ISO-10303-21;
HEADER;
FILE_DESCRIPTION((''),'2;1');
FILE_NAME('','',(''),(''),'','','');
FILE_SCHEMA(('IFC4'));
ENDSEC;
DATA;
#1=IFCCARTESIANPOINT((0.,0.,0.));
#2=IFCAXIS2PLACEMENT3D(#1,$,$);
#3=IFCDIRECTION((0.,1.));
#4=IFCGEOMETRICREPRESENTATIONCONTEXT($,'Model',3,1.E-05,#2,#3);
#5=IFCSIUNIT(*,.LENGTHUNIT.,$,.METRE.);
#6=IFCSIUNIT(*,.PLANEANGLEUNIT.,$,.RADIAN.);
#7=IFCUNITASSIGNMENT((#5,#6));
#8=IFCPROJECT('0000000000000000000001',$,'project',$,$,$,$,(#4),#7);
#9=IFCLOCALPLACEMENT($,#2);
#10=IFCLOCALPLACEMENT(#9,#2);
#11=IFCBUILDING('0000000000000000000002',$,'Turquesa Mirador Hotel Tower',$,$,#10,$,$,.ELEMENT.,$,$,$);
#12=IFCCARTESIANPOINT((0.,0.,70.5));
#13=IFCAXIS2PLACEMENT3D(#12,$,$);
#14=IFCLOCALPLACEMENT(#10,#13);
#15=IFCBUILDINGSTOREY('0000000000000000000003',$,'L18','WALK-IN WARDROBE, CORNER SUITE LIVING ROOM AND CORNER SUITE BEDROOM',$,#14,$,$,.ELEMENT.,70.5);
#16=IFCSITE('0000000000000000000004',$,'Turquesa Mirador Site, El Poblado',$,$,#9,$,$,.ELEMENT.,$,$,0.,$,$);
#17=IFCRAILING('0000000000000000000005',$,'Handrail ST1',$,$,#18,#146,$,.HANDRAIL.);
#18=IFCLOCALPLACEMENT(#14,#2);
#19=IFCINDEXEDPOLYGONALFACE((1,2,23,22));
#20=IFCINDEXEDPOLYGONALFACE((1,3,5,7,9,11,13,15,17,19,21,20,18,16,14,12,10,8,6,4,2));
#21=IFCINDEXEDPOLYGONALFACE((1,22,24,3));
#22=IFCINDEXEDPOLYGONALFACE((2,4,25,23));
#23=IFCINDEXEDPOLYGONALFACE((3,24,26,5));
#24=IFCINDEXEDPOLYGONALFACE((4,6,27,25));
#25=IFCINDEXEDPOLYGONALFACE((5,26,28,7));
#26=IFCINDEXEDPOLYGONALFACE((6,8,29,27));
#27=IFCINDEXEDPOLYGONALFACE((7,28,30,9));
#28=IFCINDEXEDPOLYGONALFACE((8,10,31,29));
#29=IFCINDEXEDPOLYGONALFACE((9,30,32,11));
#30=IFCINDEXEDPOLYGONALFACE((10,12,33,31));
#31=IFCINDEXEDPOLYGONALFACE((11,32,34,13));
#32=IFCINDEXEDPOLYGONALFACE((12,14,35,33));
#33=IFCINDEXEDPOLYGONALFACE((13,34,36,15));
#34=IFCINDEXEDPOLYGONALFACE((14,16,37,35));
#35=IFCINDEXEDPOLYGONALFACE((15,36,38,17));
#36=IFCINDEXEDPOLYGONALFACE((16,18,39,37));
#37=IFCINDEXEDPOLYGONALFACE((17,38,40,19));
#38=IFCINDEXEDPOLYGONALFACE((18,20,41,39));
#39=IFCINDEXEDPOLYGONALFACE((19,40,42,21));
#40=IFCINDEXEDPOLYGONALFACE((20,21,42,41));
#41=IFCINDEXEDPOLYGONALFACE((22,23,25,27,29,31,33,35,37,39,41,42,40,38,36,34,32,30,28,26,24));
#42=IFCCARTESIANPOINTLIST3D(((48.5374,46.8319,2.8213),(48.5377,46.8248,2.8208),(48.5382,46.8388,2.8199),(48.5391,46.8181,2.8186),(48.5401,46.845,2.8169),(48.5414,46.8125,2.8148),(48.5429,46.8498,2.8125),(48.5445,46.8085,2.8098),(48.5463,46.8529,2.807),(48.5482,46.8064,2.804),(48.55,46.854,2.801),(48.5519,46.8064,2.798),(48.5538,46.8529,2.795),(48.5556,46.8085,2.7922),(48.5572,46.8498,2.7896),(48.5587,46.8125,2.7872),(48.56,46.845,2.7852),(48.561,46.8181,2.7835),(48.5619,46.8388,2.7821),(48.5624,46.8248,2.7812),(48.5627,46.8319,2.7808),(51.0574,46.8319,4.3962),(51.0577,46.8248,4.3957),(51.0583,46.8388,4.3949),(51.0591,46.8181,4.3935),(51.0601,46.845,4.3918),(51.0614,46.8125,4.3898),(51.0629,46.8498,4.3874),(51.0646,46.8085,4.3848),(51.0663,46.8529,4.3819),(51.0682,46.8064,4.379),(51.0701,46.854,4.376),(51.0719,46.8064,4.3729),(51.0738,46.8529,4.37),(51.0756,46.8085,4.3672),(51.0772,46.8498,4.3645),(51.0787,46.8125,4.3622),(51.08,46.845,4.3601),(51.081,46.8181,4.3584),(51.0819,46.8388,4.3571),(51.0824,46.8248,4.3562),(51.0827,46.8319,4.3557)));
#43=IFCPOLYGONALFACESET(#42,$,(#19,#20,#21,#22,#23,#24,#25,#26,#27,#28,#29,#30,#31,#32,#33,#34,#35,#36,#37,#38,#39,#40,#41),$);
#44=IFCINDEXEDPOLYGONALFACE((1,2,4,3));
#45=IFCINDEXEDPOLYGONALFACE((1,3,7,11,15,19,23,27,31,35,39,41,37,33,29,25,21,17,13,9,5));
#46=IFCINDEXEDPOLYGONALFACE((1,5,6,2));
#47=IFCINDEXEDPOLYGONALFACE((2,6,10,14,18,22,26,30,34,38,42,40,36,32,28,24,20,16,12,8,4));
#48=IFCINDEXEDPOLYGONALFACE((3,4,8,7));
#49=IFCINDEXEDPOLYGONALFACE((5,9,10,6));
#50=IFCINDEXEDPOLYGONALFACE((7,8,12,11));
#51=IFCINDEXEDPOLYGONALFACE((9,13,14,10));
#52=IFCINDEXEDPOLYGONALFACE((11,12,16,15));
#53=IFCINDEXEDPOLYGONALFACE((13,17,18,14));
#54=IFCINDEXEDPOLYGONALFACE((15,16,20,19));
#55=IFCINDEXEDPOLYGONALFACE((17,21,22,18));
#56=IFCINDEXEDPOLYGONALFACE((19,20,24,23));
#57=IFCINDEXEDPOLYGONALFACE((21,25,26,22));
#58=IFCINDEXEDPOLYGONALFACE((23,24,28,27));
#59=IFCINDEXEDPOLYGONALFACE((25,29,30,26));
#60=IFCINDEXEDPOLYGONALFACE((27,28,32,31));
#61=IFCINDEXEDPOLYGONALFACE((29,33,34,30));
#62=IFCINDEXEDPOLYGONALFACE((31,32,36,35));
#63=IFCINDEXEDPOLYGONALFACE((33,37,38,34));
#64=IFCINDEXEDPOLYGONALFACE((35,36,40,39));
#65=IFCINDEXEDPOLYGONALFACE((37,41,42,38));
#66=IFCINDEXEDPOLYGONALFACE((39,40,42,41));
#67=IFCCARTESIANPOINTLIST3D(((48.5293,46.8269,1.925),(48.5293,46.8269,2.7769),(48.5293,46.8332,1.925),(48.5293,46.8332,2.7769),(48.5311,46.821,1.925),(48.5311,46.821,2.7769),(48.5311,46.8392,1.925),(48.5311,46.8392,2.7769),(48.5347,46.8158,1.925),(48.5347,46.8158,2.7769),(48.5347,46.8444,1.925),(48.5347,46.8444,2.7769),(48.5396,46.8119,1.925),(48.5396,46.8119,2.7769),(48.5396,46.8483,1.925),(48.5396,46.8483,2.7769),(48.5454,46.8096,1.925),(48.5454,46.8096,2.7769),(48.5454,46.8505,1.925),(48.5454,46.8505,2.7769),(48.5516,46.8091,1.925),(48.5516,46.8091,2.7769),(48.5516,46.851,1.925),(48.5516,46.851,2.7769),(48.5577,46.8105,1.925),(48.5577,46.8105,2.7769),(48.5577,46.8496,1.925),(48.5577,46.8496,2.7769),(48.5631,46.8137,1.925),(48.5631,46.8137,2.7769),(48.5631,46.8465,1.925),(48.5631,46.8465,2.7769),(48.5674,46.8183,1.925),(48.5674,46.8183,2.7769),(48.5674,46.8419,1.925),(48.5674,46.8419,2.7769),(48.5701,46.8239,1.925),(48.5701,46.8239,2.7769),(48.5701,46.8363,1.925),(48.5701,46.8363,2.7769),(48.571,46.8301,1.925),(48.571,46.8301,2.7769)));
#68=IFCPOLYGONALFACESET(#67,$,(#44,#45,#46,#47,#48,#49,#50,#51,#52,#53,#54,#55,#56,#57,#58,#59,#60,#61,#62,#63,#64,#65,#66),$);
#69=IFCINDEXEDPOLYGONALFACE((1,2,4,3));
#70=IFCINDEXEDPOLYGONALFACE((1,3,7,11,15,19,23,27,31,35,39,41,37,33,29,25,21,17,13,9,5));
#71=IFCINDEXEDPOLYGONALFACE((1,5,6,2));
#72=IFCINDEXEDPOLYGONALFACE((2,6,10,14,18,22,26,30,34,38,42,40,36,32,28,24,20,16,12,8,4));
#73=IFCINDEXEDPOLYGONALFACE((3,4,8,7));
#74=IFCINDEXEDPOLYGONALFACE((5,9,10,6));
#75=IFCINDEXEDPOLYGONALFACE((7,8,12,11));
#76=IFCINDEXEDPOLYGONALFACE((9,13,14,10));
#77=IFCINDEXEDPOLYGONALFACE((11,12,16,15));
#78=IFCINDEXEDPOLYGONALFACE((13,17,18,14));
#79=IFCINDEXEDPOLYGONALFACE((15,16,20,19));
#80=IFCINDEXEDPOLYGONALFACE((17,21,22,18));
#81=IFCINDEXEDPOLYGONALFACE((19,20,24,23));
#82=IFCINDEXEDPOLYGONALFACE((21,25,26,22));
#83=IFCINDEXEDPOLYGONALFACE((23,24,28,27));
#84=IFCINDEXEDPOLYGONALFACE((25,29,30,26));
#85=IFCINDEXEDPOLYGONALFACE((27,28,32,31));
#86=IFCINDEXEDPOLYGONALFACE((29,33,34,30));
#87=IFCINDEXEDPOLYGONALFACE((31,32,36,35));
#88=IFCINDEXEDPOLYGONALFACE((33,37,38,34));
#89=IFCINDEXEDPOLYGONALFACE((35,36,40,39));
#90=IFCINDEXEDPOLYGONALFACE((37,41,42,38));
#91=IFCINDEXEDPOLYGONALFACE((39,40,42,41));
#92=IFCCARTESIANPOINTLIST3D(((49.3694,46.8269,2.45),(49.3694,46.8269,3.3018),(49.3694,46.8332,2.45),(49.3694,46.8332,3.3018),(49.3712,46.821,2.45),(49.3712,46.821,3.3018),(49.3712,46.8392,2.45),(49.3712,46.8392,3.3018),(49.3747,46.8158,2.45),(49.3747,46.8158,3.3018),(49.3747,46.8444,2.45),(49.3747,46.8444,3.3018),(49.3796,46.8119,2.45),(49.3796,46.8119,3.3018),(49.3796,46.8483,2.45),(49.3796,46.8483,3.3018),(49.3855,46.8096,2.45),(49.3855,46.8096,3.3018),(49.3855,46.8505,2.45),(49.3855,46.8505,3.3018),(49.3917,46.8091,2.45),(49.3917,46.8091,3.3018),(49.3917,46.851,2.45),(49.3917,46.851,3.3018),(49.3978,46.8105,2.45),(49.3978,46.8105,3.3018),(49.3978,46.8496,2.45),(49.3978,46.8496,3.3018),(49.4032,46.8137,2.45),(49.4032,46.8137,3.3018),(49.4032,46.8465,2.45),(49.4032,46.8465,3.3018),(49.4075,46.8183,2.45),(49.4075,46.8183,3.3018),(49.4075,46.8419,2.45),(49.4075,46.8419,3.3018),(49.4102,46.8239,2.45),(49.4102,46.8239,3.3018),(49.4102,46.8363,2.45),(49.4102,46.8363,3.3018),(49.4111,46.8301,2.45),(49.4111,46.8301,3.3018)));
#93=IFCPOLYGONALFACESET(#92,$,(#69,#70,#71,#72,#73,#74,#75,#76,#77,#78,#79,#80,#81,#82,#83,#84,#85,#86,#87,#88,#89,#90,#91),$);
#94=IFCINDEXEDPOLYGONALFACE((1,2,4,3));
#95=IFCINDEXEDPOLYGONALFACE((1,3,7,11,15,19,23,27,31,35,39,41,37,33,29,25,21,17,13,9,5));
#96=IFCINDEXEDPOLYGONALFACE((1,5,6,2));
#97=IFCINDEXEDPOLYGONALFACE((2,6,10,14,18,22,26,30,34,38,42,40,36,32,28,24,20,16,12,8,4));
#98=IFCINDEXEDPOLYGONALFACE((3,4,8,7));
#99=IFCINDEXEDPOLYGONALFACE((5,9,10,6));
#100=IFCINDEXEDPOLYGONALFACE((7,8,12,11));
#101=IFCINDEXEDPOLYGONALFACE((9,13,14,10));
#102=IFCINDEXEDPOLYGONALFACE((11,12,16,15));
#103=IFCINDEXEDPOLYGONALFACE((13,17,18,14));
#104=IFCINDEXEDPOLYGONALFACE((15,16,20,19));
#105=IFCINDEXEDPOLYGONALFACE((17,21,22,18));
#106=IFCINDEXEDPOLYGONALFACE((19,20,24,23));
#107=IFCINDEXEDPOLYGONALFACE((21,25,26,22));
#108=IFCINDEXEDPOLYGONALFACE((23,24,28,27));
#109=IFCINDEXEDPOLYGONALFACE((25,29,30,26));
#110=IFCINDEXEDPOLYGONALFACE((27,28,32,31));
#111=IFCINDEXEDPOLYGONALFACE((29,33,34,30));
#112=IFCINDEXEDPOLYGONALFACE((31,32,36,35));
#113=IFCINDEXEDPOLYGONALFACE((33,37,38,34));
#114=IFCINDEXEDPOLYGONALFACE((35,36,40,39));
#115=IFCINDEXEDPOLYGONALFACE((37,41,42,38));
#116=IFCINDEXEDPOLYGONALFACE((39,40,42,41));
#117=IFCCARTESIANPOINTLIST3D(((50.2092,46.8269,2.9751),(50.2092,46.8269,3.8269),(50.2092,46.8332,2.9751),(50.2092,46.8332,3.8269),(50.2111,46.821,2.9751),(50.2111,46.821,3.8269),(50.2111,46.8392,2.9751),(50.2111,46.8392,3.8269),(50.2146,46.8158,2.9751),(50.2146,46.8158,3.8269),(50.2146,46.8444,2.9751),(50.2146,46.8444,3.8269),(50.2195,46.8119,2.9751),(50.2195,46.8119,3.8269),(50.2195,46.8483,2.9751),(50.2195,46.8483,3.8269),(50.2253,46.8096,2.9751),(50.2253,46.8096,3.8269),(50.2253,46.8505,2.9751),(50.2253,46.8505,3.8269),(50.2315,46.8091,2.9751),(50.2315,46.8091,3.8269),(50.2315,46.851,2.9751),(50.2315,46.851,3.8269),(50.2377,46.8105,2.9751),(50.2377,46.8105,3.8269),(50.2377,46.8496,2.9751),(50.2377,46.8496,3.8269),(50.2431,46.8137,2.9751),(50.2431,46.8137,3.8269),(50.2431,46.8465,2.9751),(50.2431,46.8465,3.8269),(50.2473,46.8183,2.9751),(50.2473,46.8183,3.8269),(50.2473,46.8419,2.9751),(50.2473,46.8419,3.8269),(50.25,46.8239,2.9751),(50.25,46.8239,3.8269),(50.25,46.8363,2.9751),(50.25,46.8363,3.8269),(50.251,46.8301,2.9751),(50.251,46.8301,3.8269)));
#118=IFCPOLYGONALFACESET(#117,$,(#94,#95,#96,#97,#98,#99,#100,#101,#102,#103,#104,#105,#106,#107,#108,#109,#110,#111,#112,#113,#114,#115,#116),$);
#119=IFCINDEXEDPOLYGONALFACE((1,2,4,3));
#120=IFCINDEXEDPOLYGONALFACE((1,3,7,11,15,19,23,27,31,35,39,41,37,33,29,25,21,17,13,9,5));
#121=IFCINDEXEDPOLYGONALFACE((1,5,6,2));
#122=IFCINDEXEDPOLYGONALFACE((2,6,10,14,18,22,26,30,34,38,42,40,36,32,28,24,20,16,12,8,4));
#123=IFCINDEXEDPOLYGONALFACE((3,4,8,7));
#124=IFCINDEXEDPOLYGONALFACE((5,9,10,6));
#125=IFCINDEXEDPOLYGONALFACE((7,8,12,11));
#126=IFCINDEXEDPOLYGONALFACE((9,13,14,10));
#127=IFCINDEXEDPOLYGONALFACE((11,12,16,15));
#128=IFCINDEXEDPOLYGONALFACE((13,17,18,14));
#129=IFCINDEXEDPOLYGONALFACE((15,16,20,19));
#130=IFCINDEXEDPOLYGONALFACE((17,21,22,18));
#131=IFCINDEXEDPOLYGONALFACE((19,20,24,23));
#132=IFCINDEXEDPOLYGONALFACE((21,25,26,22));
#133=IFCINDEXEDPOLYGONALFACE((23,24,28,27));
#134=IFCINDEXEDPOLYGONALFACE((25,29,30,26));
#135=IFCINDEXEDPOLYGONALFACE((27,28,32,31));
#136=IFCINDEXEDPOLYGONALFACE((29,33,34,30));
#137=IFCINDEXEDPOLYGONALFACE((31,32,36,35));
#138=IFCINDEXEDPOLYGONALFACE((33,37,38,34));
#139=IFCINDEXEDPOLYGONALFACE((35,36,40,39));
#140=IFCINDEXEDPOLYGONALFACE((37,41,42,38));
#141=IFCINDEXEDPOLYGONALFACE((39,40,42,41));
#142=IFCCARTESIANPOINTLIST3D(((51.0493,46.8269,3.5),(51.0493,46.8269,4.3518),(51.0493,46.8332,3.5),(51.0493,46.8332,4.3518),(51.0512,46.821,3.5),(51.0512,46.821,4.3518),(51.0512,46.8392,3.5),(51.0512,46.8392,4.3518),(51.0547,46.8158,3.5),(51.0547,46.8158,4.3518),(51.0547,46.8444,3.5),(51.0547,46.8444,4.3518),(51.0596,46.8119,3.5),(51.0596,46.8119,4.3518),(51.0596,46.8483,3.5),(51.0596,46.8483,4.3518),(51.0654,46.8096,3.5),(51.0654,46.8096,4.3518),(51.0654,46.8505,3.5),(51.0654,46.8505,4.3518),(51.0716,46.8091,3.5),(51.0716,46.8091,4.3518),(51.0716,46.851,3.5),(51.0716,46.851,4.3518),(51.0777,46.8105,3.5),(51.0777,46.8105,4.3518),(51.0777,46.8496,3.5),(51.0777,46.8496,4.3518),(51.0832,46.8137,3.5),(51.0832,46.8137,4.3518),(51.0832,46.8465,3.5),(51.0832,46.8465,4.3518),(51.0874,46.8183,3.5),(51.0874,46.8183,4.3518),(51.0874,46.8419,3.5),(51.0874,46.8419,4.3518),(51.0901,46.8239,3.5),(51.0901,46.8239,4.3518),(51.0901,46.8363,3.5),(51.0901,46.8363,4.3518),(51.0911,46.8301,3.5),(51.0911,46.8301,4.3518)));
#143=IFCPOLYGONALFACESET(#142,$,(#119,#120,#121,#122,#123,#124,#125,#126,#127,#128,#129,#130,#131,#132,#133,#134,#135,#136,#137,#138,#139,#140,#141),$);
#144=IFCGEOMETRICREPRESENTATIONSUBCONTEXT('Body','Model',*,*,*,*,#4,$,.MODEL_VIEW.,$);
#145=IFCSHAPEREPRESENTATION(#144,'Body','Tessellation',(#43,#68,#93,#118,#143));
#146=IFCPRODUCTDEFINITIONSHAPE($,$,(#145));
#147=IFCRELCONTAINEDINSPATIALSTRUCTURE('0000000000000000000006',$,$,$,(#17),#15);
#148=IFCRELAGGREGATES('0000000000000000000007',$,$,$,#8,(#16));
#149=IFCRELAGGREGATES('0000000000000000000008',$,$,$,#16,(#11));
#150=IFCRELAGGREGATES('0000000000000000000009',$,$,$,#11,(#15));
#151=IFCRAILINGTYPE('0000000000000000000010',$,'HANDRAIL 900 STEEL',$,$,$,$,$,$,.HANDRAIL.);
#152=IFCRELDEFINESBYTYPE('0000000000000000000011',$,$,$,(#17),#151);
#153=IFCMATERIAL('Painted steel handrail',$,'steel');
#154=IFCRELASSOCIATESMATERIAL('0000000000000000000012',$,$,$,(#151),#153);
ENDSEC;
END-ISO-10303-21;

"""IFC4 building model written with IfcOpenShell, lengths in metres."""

from ifc_helpers import new_model, si_unit, direction, frame, origin, origin_2d, place, context, subcontext, project, spatial, circle, extrude, material, type_object, element, save


model = new_model("IFC4")

# Units and contexts
model_context = context("Model", 3, precision=1e-05, world=origin(), true_north=direction((0.0, 1.0)))
body_context = subcontext(model_context, "Body", "Model", "MODEL_VIEW")
ifc_project = project(units=[si_unit("LENGTHUNIT", "METRE"), si_unit("PLANEANGLEUNIT", "RADIAN")], contexts=[model_context])

# Site, building, storey
site_placement = place(None, origin())
site = spatial("IfcSite", under=ifc_project, at=site_placement, Name="Turquesa Mirador Site, El Poblado", CompositionType="ELEMENT", RefElevation=0.0)
building_placement = place(site_placement, origin())
building = spatial("IfcBuilding", under=site, at=building_placement, Name="Turquesa Mirador Hotel Tower", CompositionType="ELEMENT")
storey_placement = place(building_placement, frame((0.0, 0.0, 70.5)))
storey = spatial("IfcBuildingStorey", under=building, at=storey_placement, Name="L18", Description="WALK-IN WARDROBE, CORNER SUITE LIVING ROOM AND CORNER SUITE BEDROOM", CompositionType="ELEMENT", Elevation=70.5)

# Railing
ifc_material_1 = material(Name="Painted steel handrail", Category="steel")
railing_type = type_object("IfcRailingType", Name="HANDRAIL 900 STEEL", PredefinedType="HANDRAIL", material=ifc_material_1)
for number, where, name in (
    (1, (48.55, 46.8301, 1.925), "Handrail ST1"),
):
    element("IfcRailing", number, at=place(storey_placement, frame(where)), inside=storey, type_object=railing_type, Name=name, PredefinedType="HANDRAIL", context=body_context, shape_type="SweptSolid", body=[
        extrude(circle(Radius=0.0239, at=origin_2d()), frame((0.0, 0.0, 0.876), z_axis=(0.848008, 0.0, 0.529984), x_axis=(0.0, 1.0, 0.0)), (0.0, 0.0, 1.0), 2.9717),
        extrude(circle(Radius=0.021, at=origin_2d()), origin(), (0.0, 0.0, 1.0), 0.8518),
        extrude(circle(Radius=0.021, at=origin_2d()), frame((0.8401, 0.0, 0.5249)), (0.0, 0.0, 1.0), 0.8518),
        extrude(circle(Radius=0.021, at=origin_2d()), frame((1.6799, 0.0, 1.05)), (0.0, 0.0, 1.0), 0.8518),
        extrude(circle(Radius=0.021, at=origin_2d()), frame((2.52, 0.0, 1.575)), (0.0, 0.0, 1.0), 0.8518),
    ])

save(model, "model.ifc")
